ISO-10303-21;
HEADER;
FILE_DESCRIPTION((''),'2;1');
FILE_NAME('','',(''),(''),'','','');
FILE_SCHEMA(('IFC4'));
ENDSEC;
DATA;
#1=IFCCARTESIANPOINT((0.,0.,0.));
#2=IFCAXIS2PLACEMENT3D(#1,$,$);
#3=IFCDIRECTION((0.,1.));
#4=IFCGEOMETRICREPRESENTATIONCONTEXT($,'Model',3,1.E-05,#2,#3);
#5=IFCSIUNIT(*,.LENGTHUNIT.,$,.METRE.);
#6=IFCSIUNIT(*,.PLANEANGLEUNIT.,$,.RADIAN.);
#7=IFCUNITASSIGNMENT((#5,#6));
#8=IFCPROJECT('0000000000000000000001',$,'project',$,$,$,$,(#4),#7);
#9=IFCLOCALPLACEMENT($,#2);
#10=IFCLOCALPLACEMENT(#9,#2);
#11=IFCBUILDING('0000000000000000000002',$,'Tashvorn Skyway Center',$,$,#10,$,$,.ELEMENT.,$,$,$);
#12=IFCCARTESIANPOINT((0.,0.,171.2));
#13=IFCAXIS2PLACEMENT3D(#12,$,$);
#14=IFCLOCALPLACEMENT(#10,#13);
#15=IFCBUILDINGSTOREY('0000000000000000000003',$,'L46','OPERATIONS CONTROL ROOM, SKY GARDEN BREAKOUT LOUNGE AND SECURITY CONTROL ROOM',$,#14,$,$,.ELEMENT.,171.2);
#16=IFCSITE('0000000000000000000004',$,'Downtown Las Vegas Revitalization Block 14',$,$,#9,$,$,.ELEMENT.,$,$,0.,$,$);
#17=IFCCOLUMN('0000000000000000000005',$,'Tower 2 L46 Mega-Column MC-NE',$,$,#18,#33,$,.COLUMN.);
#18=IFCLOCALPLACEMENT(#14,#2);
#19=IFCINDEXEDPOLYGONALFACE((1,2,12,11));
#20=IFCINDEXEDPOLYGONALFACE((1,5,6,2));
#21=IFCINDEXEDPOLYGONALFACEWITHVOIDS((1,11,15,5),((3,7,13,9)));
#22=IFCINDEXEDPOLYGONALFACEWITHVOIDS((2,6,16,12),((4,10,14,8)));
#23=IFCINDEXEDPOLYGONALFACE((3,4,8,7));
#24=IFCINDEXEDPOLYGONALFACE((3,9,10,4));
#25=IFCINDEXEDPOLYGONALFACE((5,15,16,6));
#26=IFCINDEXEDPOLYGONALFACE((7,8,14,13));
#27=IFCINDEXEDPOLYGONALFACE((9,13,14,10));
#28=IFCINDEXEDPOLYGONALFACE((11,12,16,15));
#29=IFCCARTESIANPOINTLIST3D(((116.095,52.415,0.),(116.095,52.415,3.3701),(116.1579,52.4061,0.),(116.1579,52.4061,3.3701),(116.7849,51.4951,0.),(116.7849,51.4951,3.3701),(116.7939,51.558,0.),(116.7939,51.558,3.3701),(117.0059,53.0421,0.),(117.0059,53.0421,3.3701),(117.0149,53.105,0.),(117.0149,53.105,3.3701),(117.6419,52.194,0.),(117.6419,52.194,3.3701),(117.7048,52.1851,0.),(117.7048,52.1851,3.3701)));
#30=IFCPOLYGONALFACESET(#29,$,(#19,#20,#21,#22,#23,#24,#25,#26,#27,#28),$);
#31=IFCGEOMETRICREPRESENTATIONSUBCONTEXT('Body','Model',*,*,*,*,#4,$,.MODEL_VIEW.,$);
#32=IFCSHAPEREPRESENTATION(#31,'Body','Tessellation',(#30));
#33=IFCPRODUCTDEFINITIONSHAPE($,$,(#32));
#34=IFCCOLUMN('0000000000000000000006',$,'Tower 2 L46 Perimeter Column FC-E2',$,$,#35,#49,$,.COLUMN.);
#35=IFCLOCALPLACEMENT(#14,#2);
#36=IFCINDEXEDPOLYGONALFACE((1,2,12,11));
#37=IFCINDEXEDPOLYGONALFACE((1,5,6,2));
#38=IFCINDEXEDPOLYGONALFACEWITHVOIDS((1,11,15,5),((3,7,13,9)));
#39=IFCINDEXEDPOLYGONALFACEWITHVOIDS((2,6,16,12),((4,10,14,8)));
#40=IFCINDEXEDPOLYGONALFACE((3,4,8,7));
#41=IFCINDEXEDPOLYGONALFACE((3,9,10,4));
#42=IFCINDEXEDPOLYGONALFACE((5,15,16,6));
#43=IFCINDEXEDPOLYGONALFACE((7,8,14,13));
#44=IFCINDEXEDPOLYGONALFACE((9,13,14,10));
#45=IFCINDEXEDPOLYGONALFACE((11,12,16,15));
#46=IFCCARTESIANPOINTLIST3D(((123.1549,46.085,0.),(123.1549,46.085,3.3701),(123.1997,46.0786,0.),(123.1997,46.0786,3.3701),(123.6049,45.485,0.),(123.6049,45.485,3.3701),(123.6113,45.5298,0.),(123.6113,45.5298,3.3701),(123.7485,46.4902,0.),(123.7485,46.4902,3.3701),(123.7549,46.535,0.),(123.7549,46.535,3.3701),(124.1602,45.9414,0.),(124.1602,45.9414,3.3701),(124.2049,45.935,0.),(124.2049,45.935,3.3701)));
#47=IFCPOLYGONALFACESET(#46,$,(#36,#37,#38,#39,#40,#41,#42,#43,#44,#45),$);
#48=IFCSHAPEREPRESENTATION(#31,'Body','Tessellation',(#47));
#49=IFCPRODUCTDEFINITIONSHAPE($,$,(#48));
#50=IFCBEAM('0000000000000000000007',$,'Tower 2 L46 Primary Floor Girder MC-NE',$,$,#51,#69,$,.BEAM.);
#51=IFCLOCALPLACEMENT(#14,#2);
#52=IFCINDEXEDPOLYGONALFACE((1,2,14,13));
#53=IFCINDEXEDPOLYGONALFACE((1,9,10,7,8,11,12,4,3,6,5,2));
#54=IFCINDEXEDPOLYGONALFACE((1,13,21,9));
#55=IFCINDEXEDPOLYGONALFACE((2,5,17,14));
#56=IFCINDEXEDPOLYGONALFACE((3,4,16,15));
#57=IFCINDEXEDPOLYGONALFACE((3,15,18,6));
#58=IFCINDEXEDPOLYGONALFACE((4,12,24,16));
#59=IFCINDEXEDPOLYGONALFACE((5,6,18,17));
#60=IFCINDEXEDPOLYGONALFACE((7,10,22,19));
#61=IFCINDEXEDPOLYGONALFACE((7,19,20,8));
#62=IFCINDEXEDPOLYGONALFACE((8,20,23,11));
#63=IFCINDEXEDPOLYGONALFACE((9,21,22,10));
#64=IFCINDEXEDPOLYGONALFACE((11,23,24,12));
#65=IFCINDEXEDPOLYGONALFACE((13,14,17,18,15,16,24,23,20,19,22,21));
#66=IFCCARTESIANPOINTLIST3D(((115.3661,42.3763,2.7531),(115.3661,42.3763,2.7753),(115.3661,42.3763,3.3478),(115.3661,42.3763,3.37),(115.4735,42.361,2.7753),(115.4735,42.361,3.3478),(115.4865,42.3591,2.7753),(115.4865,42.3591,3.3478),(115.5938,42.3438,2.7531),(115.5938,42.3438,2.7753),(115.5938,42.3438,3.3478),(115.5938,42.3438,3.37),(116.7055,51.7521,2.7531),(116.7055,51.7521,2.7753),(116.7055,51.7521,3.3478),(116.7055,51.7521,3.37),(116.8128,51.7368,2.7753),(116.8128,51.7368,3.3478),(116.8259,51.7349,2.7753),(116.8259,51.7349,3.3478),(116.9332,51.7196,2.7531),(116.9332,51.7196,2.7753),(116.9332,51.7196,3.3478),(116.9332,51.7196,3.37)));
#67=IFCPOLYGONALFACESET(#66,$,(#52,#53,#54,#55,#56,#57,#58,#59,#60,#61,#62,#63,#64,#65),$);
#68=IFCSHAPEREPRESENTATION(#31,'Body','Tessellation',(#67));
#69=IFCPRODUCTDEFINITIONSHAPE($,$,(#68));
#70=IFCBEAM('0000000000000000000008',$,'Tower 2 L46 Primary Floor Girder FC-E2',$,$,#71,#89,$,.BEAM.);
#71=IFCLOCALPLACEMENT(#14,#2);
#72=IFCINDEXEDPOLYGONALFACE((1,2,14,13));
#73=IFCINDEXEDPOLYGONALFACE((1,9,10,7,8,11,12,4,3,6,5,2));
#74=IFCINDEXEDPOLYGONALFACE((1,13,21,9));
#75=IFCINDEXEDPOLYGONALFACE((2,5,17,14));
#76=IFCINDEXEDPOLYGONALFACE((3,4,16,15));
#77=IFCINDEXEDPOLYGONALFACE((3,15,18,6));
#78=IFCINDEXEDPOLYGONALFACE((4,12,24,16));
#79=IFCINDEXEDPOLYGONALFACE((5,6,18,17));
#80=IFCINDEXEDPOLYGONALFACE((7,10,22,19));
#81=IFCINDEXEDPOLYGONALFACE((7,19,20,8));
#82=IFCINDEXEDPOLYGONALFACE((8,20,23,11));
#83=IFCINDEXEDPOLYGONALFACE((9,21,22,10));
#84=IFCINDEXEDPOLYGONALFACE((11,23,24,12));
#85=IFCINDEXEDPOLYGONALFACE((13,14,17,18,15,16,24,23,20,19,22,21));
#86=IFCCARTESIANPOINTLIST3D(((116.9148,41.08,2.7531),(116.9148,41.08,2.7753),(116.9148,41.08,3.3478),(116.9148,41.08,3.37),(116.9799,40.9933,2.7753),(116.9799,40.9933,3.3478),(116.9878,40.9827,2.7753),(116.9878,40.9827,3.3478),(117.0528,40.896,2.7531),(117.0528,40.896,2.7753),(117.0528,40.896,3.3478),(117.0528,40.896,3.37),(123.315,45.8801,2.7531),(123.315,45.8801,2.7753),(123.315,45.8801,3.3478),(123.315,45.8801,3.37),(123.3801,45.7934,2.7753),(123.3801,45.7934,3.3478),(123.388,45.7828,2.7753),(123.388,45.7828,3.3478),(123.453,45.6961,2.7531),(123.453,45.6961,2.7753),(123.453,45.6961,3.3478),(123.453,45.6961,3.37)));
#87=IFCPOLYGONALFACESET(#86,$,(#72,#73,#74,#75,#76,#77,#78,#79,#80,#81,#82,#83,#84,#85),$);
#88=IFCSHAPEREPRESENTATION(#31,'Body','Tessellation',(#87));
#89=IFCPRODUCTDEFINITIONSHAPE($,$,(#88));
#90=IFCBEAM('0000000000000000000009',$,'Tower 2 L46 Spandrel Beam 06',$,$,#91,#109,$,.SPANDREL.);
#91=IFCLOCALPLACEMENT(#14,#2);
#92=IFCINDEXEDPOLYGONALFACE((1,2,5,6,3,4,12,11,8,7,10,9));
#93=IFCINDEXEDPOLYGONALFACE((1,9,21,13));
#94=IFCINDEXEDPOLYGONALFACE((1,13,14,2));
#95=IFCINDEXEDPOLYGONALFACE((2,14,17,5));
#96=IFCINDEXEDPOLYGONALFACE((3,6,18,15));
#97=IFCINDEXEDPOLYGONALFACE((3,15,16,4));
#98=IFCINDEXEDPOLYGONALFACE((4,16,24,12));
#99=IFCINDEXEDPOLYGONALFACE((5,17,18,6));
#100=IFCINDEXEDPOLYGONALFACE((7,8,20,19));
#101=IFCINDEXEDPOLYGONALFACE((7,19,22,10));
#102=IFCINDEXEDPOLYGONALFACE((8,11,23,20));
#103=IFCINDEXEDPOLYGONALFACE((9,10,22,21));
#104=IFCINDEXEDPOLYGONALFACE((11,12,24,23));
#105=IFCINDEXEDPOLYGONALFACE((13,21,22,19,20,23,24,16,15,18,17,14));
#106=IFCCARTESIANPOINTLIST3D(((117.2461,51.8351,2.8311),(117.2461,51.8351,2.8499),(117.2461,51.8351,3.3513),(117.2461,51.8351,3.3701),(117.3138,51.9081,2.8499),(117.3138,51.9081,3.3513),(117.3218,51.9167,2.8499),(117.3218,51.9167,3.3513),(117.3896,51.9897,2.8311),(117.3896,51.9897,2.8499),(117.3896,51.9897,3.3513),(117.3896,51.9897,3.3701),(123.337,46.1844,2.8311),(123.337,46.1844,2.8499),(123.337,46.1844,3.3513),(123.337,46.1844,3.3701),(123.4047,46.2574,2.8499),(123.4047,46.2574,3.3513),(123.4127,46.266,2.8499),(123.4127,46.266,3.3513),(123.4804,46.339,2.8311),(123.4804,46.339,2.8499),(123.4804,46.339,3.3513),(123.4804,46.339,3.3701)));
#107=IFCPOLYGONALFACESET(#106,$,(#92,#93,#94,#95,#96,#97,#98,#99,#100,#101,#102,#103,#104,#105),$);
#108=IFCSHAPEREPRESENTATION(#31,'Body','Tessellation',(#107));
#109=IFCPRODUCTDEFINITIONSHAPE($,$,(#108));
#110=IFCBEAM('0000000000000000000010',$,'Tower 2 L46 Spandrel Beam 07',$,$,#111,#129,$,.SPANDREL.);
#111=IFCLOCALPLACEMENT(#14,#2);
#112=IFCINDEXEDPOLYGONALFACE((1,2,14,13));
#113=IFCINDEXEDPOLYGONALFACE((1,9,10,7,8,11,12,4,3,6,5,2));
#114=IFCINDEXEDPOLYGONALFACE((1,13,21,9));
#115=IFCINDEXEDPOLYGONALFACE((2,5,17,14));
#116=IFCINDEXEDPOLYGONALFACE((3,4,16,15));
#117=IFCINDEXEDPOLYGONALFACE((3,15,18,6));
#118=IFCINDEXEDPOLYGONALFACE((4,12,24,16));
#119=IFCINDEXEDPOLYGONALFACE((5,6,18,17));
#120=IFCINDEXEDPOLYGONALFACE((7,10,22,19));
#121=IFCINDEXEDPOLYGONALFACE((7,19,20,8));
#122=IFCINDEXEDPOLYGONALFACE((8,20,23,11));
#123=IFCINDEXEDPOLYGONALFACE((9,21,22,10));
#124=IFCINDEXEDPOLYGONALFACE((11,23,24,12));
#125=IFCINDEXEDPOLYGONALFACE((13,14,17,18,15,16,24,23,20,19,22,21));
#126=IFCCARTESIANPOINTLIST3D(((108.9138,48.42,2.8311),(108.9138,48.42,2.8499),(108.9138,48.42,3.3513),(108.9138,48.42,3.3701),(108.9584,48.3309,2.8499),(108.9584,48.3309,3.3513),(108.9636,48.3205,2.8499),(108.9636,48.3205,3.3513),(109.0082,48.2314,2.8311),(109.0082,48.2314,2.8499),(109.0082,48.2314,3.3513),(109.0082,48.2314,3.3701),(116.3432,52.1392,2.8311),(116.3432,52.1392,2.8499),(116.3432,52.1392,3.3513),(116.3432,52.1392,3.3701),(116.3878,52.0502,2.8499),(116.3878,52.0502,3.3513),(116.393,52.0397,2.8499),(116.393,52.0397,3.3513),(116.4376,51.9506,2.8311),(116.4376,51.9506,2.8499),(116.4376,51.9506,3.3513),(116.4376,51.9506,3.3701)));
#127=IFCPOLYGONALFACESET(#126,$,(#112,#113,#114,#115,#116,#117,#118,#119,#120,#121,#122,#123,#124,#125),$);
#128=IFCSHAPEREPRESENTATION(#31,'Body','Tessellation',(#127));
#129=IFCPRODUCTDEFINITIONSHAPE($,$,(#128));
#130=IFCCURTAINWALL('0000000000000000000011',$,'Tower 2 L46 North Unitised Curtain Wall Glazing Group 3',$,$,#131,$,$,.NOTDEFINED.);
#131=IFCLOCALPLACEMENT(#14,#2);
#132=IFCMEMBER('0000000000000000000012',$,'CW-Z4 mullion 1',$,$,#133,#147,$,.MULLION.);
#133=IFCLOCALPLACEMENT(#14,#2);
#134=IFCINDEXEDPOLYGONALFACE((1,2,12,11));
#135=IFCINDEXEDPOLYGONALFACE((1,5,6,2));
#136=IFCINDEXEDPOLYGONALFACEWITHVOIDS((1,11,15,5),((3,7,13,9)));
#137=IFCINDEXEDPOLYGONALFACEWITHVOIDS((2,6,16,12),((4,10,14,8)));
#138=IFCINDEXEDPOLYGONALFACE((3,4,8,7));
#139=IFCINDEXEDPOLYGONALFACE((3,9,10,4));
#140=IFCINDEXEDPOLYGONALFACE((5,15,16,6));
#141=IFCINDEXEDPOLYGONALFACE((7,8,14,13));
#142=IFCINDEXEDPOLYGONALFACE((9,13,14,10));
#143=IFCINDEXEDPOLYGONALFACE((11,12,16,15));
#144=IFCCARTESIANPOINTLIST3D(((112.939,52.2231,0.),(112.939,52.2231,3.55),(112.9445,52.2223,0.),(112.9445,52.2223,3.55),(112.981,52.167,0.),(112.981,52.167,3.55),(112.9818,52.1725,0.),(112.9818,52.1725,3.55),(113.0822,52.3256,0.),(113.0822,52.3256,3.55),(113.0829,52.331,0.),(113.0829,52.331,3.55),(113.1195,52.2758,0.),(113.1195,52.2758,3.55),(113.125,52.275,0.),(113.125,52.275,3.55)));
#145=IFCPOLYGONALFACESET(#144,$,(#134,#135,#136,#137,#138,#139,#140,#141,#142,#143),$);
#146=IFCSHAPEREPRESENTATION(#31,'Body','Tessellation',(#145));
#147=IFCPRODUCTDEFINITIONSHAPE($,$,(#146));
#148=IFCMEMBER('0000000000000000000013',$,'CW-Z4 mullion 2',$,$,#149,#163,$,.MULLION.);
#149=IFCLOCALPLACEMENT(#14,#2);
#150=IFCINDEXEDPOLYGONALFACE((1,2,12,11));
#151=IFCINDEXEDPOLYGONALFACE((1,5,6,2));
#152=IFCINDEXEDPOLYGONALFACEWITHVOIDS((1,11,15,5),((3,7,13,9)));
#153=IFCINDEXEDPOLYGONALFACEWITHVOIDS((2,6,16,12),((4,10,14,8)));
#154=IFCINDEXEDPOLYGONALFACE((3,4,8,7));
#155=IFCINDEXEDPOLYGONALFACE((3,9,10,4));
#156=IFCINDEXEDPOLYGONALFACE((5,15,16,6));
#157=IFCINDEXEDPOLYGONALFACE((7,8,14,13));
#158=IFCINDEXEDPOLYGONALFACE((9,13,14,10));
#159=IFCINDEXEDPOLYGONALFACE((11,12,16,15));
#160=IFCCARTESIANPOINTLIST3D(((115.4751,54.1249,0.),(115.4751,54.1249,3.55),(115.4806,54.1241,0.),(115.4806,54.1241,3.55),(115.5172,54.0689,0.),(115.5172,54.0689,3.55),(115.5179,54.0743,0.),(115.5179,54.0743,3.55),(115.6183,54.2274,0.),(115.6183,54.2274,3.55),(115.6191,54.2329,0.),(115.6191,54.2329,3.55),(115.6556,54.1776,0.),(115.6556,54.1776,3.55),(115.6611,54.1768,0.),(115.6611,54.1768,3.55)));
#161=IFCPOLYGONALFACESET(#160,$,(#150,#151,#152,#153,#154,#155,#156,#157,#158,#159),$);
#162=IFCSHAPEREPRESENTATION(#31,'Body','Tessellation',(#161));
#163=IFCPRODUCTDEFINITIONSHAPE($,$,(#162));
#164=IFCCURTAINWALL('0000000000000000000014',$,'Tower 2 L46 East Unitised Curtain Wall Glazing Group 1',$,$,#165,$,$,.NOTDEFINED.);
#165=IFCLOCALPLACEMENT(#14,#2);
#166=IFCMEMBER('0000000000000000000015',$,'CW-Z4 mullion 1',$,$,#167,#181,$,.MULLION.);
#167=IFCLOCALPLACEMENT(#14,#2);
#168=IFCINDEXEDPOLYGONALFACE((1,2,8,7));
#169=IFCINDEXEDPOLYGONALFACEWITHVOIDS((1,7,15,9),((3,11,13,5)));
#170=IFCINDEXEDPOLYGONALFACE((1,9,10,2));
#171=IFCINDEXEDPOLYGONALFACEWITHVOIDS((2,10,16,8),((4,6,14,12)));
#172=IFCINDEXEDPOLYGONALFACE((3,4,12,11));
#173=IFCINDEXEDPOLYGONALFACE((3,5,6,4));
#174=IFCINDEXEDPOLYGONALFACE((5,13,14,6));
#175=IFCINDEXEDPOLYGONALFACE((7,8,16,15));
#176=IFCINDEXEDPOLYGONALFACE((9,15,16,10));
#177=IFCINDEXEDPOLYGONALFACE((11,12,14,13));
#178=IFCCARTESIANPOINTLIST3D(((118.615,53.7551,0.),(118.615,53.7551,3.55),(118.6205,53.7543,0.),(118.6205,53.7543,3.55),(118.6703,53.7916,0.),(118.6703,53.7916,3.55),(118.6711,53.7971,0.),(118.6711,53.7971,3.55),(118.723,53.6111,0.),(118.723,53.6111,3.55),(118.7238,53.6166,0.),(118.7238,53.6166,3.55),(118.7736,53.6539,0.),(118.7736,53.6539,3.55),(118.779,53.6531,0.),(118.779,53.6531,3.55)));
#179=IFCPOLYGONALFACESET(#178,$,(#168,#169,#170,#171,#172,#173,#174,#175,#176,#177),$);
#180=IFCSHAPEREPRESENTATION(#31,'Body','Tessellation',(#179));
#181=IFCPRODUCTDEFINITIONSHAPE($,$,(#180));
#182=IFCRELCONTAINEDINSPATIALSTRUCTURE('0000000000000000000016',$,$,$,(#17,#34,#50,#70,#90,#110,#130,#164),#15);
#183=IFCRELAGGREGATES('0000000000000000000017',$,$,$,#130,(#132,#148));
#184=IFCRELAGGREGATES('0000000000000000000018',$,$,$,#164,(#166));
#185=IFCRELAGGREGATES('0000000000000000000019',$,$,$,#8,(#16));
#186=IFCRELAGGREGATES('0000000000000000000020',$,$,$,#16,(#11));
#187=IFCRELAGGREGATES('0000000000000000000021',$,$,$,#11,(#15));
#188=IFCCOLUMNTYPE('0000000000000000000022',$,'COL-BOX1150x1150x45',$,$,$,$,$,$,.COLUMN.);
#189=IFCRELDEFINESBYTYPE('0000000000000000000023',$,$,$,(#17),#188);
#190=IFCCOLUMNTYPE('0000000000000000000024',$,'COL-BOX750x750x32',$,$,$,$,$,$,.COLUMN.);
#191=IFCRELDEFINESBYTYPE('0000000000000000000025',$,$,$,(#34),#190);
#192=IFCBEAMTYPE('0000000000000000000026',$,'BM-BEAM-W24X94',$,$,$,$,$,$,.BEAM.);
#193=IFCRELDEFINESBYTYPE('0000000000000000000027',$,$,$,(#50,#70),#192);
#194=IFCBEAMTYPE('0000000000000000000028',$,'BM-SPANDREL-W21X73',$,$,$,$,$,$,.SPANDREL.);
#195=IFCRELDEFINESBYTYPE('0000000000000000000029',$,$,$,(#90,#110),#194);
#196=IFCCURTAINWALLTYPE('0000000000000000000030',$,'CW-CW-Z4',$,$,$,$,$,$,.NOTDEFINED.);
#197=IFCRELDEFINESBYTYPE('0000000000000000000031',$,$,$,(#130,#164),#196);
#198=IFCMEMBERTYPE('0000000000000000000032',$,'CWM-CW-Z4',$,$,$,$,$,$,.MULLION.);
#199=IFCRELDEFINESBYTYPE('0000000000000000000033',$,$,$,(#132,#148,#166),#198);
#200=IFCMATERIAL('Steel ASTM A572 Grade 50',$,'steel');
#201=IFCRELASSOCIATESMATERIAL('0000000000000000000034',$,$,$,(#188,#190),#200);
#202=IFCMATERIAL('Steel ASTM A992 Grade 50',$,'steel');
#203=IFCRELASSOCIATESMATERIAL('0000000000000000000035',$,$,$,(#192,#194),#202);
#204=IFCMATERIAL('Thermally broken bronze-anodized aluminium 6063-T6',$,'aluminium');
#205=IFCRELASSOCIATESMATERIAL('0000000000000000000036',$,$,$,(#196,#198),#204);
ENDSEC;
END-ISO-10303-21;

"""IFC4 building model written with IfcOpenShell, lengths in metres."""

from ifc_helpers import new_model, si_unit, direction, frame, origin, origin_2d, place, context, subcontext, project, spatial, hollow_rectangle, i_section, extrude, material, material_profile, profile_set, type_object, element, aggregate, save


model = new_model("IFC4")

# Units and contexts
model_context = context("Model", 3, precision=1e-05, world=origin(), true_north=direction((0.0, 1.0)))
body_context = subcontext(model_context, "Body", "Model", "MODEL_VIEW")
ifc_project = project(units=[si_unit("LENGTHUNIT", "METRE"), si_unit("PLANEANGLEUNIT", "RADIAN")], contexts=[model_context])

# Site, building, storey
site_placement = place(None, origin())
site = spatial("IfcSite", under=ifc_project, at=site_placement, Name="Downtown Las Vegas Revitalization Block 14", CompositionType="ELEMENT", RefElevation=0.0)
building_placement = place(site_placement, origin())
building = spatial("IfcBuilding", under=site, at=building_placement, Name="Tashvorn Skyway Center", CompositionType="ELEMENT")
storey_placement = place(building_placement, frame((0.0, 0.0, 171.2)))
storey = spatial("IfcBuildingStorey", under=building, at=storey_placement, Name="L46", Description="OPERATIONS CONTROL ROOM, SKY GARDEN BREAKOUT LOUNGE AND SECURITY CONTROL ROOM", CompositionType="ELEMENT", Elevation=171.2)

# Columns
ifc_material_1 = material(Name="Steel ASTM A572 Grade 50", Category="steel")
ifc_material_profile_1 = material_profile(ifc_material_1, hollow_rectangle(XDim=1.1499, YDim=1.1499, WallThickness=0.0449, at=origin_2d()), Name="BOX1150x1150x45")
ifc_profile_set_1 = profile_set([ifc_material_profile_1], Name="Steel ASTM A572 Grade 50")
column_type_1 = type_object("IfcColumnType", Name="COL-BOX1150x1150x45", PredefinedType="COLUMN", material=ifc_profile_set_1)
column_1_placement = place(storey_placement, frame((116.8999, 52.3, 0.0), z_axis=(0.0, 0.0, 1.0), x_axis=(0.8, 0.6, 0.0)))
element("IfcColumn", 1, at=column_1_placement, inside=storey, type_object=column_type_1, Name="Tower 2 L46 Mega-Column MC-NE", PredefinedType="COLUMN", context=body_context, shape_type="SweptSolid", body=[
    extrude(hollow_rectangle(XDim=1.1499, YDim=1.1499, WallThickness=0.0449, at=origin_2d()), origin(), (0.0, 0.0, 1.0), 3.3701),
])
ifc_material_profile_2 = material_profile(ifc_material_1, hollow_rectangle(XDim=0.75, YDim=0.75, WallThickness=0.032, at=origin_2d()), Name="BOX750x750x32")
ifc_profile_set_2 = profile_set([ifc_material_profile_2], Name="Steel ASTM A572 Grade 50")
column_type_2 = type_object("IfcColumnType", Name="COL-BOX750x750x32", PredefinedType="COLUMN", material=ifc_profile_set_2)
column_2_placement = place(storey_placement, frame((123.6799, 46.01, 0.0), z_axis=(0.0, 0.0, 1.0), x_axis=(0.8, 0.6, 0.0)))
element("IfcColumn", 2, at=column_2_placement, inside=storey, type_object=column_type_2, Name="Tower 2 L46 Perimeter Column FC-E2", PredefinedType="COLUMN", context=body_context, shape_type="SweptSolid", body=[
    extrude(hollow_rectangle(XDim=0.75, YDim=0.75, WallThickness=0.032, at=origin_2d()), origin(), (0.0, 0.0, 1.0), 3.3701),
])

# Beams
ifc_material_2 = material(Name="Steel ASTM A992 Grade 50", Category="steel")
ifc_material_profile_3 = material_profile(ifc_material_2, i_section(OverallWidth=0.23, OverallDepth=0.6169, WebThickness=0.0132, FlangeThickness=0.0222, at=origin_2d()), Name="W24X94")
ifc_profile_set_3 = profile_set([ifc_material_profile_3], Name="Steel ASTM A992 Grade 50")
beam_type_1 = type_object("IfcBeamType", Name="BM-BEAM-W24X94", PredefinedType="BEAM", material=ifc_profile_set_3)
beam_1_placement = place(storey_placement, frame((116.8193, 51.7358, 3.0615), z_axis=(-0.141418, -0.98995, 0.0), x_axis=(0.98995, -0.141418, 0.0)))
element("IfcBeam", 3, at=beam_1_placement, inside=storey, type_object=beam_type_1, Name="Tower 2 L46 Primary Floor Girder MC-NE", PredefinedType="BEAM", context=body_context, shape_type="SweptSolid", body=[
    extrude(i_section(OverallWidth=0.23, OverallDepth=0.6169, WebThickness=0.0132, FlangeThickness=0.0222, at=origin_2d()), origin(), (0.0, 0.0, 1.0), 9.4709),
])
beam_2_placement = place(storey_placement, frame((123.384, 45.7881, 3.0615), z_axis=(-0.800004, -0.599995, 0.0), x_axis=(0.599995, -0.800004, 0.0)))
element("IfcBeam", 4, at=beam_2_placement, inside=storey, type_object=beam_type_1, Name="Tower 2 L46 Primary Floor Girder FC-E2", PredefinedType="BEAM", context=body_context, shape_type="SweptSolid", body=[
    extrude(i_section(OverallWidth=0.23, OverallDepth=0.6169, WebThickness=0.0132, FlangeThickness=0.0222, at=origin_2d()), origin(), (0.0, 0.0, 1.0), 8.0002),
])
ifc_material_profile_4 = material_profile(ifc_material_2, i_section(OverallWidth=0.2109, OverallDepth=0.5391, WebThickness=0.0117, FlangeThickness=0.0188, at=origin_2d()), Name="W21X73")
ifc_profile_set_4 = profile_set([ifc_material_profile_4], Name="Steel ASTM A992 Grade 50")
beam_type_2 = type_object("IfcBeamType", Name="BM-SPANDREL-W21X73", PredefinedType="SPANDREL", material=ifc_profile_set_4)
for number, where, z_axis, x_axis, name in (
    (5, (123.4087, 46.2617, 3.1006), (-0.733101, 0.68012, 0.0), (-0.68012, -0.733101, 0.0), "Tower 2 L46 Spandrel Beam 06"),
    (6, (116.3904, 52.0449, 3.1006), (-0.89421, -0.447648, 0.0), (0.447648, -0.89421, 0.0), "Tower 2 L46 Spandrel Beam 07"),
):
    element("IfcBeam", number, at=place(storey_placement, frame(where, z_axis=z_axis, x_axis=x_axis)), inside=storey, type_object=beam_type_2, Name=name, PredefinedType="SPANDREL", context=body_context, shape_type="SweptSolid", body=[
        extrude(i_section(OverallWidth=0.2109, OverallDepth=0.5391, WebThickness=0.0117, FlangeThickness=0.0188, at=origin_2d()), origin(), (0.0, 0.0, 1.0), 8.3083),
    ])

# Curtain walls, members
ifc_material_3 = material(Name="Thermally broken bronze-anodized aluminium 6063-T6", Category="aluminium")
curtain_wall_type = type_object("IfcCurtainWallType", Name="CW-CW-Z4", PredefinedType="NOTDEFINED", material=ifc_material_3)
curtain_wall_1_placement = place(storey_placement, origin())
curtain_wall_1 = element("IfcCurtainWall", 7, at=curtain_wall_1_placement, inside=storey, type_object=curtain_wall_type, Name="Tower 2 L46 North Unitised Curtain Wall Glazing Group 3", PredefinedType="NOTDEFINED")
ifc_material_profile_5 = material_profile(ifc_material_3, hollow_rectangle(XDim=0.0701, YDim=0.1799, WallThickness=0.0039, at=origin_2d()), Name="ALU-MULL-70x180")
ifc_profile_set_5 = profile_set([ifc_material_profile_5], Name="Thermally broken bronze-anodized aluminium 6063-T6")
member_type_1 = type_object("IfcMemberType", Name="CWM-CW-Z4", PredefinedType="MULLION", material=ifc_profile_set_5)
member_1_placement = place(storey_placement, frame((113.032, 52.249, 0.0), z_axis=(0.0, 0.0, 1.0), x_axis=(-0.6, 0.8, 0.0)))
member_1 = element("IfcMember", 8, at=member_1_placement, type_object=member_type_1, Name="CW-Z4 mullion 1", PredefinedType="MULLION", context=body_context, shape_type="SweptSolid", body=[
    extrude(hollow_rectangle(XDim=0.0701, YDim=0.1799, WallThickness=0.0039, at=origin_2d()), origin(), (0.0, 0.0, 1.0), 3.55),
])
member_2_placement = place(storey_placement, frame((115.5681, 54.1509, 0.0), z_axis=(0.0, 0.0, 1.0), x_axis=(-0.6, 0.8, 0.0)))
member_2 = element("IfcMember", 9, at=member_2_placement, type_object=member_type_1, Name="CW-Z4 mullion 2", PredefinedType="MULLION", context=body_context, shape_type="SweptSolid", body=[
    extrude(hollow_rectangle(XDim=0.0701, YDim=0.1799, WallThickness=0.0039, at=origin_2d()), origin(), (0.0, 0.0, 1.0), 3.55),
])
curtain_wall_2_placement = place(storey_placement, origin())
curtain_wall_2 = element("IfcCurtainWall", 10, at=curtain_wall_2_placement, inside=storey, type_object=curtain_wall_type, Name="Tower 2 L46 East Unitised Curtain Wall Glazing Group 1", PredefinedType="NOTDEFINED")
member_3_placement = place(storey_placement, frame((118.697, 53.7041, 0.0), z_axis=(0.0, 0.0, 1.0), x_axis=(0.8, 0.6, 0.0)))
member_3 = element("IfcMember", 11, at=member_3_placement, type_object=member_type_1, Name="CW-Z4 mullion 1", PredefinedType="MULLION", context=body_context, shape_type="SweptSolid", body=[
    extrude(hollow_rectangle(XDim=0.0701, YDim=0.1799, WallThickness=0.0039, at=origin_2d()), origin(), (0.0, 0.0, 1.0), 3.55),
])

aggregate(curtain_wall_1, [member_1, member_2])
aggregate(curtain_wall_2, [member_3])

save(model, "model.ifc")
